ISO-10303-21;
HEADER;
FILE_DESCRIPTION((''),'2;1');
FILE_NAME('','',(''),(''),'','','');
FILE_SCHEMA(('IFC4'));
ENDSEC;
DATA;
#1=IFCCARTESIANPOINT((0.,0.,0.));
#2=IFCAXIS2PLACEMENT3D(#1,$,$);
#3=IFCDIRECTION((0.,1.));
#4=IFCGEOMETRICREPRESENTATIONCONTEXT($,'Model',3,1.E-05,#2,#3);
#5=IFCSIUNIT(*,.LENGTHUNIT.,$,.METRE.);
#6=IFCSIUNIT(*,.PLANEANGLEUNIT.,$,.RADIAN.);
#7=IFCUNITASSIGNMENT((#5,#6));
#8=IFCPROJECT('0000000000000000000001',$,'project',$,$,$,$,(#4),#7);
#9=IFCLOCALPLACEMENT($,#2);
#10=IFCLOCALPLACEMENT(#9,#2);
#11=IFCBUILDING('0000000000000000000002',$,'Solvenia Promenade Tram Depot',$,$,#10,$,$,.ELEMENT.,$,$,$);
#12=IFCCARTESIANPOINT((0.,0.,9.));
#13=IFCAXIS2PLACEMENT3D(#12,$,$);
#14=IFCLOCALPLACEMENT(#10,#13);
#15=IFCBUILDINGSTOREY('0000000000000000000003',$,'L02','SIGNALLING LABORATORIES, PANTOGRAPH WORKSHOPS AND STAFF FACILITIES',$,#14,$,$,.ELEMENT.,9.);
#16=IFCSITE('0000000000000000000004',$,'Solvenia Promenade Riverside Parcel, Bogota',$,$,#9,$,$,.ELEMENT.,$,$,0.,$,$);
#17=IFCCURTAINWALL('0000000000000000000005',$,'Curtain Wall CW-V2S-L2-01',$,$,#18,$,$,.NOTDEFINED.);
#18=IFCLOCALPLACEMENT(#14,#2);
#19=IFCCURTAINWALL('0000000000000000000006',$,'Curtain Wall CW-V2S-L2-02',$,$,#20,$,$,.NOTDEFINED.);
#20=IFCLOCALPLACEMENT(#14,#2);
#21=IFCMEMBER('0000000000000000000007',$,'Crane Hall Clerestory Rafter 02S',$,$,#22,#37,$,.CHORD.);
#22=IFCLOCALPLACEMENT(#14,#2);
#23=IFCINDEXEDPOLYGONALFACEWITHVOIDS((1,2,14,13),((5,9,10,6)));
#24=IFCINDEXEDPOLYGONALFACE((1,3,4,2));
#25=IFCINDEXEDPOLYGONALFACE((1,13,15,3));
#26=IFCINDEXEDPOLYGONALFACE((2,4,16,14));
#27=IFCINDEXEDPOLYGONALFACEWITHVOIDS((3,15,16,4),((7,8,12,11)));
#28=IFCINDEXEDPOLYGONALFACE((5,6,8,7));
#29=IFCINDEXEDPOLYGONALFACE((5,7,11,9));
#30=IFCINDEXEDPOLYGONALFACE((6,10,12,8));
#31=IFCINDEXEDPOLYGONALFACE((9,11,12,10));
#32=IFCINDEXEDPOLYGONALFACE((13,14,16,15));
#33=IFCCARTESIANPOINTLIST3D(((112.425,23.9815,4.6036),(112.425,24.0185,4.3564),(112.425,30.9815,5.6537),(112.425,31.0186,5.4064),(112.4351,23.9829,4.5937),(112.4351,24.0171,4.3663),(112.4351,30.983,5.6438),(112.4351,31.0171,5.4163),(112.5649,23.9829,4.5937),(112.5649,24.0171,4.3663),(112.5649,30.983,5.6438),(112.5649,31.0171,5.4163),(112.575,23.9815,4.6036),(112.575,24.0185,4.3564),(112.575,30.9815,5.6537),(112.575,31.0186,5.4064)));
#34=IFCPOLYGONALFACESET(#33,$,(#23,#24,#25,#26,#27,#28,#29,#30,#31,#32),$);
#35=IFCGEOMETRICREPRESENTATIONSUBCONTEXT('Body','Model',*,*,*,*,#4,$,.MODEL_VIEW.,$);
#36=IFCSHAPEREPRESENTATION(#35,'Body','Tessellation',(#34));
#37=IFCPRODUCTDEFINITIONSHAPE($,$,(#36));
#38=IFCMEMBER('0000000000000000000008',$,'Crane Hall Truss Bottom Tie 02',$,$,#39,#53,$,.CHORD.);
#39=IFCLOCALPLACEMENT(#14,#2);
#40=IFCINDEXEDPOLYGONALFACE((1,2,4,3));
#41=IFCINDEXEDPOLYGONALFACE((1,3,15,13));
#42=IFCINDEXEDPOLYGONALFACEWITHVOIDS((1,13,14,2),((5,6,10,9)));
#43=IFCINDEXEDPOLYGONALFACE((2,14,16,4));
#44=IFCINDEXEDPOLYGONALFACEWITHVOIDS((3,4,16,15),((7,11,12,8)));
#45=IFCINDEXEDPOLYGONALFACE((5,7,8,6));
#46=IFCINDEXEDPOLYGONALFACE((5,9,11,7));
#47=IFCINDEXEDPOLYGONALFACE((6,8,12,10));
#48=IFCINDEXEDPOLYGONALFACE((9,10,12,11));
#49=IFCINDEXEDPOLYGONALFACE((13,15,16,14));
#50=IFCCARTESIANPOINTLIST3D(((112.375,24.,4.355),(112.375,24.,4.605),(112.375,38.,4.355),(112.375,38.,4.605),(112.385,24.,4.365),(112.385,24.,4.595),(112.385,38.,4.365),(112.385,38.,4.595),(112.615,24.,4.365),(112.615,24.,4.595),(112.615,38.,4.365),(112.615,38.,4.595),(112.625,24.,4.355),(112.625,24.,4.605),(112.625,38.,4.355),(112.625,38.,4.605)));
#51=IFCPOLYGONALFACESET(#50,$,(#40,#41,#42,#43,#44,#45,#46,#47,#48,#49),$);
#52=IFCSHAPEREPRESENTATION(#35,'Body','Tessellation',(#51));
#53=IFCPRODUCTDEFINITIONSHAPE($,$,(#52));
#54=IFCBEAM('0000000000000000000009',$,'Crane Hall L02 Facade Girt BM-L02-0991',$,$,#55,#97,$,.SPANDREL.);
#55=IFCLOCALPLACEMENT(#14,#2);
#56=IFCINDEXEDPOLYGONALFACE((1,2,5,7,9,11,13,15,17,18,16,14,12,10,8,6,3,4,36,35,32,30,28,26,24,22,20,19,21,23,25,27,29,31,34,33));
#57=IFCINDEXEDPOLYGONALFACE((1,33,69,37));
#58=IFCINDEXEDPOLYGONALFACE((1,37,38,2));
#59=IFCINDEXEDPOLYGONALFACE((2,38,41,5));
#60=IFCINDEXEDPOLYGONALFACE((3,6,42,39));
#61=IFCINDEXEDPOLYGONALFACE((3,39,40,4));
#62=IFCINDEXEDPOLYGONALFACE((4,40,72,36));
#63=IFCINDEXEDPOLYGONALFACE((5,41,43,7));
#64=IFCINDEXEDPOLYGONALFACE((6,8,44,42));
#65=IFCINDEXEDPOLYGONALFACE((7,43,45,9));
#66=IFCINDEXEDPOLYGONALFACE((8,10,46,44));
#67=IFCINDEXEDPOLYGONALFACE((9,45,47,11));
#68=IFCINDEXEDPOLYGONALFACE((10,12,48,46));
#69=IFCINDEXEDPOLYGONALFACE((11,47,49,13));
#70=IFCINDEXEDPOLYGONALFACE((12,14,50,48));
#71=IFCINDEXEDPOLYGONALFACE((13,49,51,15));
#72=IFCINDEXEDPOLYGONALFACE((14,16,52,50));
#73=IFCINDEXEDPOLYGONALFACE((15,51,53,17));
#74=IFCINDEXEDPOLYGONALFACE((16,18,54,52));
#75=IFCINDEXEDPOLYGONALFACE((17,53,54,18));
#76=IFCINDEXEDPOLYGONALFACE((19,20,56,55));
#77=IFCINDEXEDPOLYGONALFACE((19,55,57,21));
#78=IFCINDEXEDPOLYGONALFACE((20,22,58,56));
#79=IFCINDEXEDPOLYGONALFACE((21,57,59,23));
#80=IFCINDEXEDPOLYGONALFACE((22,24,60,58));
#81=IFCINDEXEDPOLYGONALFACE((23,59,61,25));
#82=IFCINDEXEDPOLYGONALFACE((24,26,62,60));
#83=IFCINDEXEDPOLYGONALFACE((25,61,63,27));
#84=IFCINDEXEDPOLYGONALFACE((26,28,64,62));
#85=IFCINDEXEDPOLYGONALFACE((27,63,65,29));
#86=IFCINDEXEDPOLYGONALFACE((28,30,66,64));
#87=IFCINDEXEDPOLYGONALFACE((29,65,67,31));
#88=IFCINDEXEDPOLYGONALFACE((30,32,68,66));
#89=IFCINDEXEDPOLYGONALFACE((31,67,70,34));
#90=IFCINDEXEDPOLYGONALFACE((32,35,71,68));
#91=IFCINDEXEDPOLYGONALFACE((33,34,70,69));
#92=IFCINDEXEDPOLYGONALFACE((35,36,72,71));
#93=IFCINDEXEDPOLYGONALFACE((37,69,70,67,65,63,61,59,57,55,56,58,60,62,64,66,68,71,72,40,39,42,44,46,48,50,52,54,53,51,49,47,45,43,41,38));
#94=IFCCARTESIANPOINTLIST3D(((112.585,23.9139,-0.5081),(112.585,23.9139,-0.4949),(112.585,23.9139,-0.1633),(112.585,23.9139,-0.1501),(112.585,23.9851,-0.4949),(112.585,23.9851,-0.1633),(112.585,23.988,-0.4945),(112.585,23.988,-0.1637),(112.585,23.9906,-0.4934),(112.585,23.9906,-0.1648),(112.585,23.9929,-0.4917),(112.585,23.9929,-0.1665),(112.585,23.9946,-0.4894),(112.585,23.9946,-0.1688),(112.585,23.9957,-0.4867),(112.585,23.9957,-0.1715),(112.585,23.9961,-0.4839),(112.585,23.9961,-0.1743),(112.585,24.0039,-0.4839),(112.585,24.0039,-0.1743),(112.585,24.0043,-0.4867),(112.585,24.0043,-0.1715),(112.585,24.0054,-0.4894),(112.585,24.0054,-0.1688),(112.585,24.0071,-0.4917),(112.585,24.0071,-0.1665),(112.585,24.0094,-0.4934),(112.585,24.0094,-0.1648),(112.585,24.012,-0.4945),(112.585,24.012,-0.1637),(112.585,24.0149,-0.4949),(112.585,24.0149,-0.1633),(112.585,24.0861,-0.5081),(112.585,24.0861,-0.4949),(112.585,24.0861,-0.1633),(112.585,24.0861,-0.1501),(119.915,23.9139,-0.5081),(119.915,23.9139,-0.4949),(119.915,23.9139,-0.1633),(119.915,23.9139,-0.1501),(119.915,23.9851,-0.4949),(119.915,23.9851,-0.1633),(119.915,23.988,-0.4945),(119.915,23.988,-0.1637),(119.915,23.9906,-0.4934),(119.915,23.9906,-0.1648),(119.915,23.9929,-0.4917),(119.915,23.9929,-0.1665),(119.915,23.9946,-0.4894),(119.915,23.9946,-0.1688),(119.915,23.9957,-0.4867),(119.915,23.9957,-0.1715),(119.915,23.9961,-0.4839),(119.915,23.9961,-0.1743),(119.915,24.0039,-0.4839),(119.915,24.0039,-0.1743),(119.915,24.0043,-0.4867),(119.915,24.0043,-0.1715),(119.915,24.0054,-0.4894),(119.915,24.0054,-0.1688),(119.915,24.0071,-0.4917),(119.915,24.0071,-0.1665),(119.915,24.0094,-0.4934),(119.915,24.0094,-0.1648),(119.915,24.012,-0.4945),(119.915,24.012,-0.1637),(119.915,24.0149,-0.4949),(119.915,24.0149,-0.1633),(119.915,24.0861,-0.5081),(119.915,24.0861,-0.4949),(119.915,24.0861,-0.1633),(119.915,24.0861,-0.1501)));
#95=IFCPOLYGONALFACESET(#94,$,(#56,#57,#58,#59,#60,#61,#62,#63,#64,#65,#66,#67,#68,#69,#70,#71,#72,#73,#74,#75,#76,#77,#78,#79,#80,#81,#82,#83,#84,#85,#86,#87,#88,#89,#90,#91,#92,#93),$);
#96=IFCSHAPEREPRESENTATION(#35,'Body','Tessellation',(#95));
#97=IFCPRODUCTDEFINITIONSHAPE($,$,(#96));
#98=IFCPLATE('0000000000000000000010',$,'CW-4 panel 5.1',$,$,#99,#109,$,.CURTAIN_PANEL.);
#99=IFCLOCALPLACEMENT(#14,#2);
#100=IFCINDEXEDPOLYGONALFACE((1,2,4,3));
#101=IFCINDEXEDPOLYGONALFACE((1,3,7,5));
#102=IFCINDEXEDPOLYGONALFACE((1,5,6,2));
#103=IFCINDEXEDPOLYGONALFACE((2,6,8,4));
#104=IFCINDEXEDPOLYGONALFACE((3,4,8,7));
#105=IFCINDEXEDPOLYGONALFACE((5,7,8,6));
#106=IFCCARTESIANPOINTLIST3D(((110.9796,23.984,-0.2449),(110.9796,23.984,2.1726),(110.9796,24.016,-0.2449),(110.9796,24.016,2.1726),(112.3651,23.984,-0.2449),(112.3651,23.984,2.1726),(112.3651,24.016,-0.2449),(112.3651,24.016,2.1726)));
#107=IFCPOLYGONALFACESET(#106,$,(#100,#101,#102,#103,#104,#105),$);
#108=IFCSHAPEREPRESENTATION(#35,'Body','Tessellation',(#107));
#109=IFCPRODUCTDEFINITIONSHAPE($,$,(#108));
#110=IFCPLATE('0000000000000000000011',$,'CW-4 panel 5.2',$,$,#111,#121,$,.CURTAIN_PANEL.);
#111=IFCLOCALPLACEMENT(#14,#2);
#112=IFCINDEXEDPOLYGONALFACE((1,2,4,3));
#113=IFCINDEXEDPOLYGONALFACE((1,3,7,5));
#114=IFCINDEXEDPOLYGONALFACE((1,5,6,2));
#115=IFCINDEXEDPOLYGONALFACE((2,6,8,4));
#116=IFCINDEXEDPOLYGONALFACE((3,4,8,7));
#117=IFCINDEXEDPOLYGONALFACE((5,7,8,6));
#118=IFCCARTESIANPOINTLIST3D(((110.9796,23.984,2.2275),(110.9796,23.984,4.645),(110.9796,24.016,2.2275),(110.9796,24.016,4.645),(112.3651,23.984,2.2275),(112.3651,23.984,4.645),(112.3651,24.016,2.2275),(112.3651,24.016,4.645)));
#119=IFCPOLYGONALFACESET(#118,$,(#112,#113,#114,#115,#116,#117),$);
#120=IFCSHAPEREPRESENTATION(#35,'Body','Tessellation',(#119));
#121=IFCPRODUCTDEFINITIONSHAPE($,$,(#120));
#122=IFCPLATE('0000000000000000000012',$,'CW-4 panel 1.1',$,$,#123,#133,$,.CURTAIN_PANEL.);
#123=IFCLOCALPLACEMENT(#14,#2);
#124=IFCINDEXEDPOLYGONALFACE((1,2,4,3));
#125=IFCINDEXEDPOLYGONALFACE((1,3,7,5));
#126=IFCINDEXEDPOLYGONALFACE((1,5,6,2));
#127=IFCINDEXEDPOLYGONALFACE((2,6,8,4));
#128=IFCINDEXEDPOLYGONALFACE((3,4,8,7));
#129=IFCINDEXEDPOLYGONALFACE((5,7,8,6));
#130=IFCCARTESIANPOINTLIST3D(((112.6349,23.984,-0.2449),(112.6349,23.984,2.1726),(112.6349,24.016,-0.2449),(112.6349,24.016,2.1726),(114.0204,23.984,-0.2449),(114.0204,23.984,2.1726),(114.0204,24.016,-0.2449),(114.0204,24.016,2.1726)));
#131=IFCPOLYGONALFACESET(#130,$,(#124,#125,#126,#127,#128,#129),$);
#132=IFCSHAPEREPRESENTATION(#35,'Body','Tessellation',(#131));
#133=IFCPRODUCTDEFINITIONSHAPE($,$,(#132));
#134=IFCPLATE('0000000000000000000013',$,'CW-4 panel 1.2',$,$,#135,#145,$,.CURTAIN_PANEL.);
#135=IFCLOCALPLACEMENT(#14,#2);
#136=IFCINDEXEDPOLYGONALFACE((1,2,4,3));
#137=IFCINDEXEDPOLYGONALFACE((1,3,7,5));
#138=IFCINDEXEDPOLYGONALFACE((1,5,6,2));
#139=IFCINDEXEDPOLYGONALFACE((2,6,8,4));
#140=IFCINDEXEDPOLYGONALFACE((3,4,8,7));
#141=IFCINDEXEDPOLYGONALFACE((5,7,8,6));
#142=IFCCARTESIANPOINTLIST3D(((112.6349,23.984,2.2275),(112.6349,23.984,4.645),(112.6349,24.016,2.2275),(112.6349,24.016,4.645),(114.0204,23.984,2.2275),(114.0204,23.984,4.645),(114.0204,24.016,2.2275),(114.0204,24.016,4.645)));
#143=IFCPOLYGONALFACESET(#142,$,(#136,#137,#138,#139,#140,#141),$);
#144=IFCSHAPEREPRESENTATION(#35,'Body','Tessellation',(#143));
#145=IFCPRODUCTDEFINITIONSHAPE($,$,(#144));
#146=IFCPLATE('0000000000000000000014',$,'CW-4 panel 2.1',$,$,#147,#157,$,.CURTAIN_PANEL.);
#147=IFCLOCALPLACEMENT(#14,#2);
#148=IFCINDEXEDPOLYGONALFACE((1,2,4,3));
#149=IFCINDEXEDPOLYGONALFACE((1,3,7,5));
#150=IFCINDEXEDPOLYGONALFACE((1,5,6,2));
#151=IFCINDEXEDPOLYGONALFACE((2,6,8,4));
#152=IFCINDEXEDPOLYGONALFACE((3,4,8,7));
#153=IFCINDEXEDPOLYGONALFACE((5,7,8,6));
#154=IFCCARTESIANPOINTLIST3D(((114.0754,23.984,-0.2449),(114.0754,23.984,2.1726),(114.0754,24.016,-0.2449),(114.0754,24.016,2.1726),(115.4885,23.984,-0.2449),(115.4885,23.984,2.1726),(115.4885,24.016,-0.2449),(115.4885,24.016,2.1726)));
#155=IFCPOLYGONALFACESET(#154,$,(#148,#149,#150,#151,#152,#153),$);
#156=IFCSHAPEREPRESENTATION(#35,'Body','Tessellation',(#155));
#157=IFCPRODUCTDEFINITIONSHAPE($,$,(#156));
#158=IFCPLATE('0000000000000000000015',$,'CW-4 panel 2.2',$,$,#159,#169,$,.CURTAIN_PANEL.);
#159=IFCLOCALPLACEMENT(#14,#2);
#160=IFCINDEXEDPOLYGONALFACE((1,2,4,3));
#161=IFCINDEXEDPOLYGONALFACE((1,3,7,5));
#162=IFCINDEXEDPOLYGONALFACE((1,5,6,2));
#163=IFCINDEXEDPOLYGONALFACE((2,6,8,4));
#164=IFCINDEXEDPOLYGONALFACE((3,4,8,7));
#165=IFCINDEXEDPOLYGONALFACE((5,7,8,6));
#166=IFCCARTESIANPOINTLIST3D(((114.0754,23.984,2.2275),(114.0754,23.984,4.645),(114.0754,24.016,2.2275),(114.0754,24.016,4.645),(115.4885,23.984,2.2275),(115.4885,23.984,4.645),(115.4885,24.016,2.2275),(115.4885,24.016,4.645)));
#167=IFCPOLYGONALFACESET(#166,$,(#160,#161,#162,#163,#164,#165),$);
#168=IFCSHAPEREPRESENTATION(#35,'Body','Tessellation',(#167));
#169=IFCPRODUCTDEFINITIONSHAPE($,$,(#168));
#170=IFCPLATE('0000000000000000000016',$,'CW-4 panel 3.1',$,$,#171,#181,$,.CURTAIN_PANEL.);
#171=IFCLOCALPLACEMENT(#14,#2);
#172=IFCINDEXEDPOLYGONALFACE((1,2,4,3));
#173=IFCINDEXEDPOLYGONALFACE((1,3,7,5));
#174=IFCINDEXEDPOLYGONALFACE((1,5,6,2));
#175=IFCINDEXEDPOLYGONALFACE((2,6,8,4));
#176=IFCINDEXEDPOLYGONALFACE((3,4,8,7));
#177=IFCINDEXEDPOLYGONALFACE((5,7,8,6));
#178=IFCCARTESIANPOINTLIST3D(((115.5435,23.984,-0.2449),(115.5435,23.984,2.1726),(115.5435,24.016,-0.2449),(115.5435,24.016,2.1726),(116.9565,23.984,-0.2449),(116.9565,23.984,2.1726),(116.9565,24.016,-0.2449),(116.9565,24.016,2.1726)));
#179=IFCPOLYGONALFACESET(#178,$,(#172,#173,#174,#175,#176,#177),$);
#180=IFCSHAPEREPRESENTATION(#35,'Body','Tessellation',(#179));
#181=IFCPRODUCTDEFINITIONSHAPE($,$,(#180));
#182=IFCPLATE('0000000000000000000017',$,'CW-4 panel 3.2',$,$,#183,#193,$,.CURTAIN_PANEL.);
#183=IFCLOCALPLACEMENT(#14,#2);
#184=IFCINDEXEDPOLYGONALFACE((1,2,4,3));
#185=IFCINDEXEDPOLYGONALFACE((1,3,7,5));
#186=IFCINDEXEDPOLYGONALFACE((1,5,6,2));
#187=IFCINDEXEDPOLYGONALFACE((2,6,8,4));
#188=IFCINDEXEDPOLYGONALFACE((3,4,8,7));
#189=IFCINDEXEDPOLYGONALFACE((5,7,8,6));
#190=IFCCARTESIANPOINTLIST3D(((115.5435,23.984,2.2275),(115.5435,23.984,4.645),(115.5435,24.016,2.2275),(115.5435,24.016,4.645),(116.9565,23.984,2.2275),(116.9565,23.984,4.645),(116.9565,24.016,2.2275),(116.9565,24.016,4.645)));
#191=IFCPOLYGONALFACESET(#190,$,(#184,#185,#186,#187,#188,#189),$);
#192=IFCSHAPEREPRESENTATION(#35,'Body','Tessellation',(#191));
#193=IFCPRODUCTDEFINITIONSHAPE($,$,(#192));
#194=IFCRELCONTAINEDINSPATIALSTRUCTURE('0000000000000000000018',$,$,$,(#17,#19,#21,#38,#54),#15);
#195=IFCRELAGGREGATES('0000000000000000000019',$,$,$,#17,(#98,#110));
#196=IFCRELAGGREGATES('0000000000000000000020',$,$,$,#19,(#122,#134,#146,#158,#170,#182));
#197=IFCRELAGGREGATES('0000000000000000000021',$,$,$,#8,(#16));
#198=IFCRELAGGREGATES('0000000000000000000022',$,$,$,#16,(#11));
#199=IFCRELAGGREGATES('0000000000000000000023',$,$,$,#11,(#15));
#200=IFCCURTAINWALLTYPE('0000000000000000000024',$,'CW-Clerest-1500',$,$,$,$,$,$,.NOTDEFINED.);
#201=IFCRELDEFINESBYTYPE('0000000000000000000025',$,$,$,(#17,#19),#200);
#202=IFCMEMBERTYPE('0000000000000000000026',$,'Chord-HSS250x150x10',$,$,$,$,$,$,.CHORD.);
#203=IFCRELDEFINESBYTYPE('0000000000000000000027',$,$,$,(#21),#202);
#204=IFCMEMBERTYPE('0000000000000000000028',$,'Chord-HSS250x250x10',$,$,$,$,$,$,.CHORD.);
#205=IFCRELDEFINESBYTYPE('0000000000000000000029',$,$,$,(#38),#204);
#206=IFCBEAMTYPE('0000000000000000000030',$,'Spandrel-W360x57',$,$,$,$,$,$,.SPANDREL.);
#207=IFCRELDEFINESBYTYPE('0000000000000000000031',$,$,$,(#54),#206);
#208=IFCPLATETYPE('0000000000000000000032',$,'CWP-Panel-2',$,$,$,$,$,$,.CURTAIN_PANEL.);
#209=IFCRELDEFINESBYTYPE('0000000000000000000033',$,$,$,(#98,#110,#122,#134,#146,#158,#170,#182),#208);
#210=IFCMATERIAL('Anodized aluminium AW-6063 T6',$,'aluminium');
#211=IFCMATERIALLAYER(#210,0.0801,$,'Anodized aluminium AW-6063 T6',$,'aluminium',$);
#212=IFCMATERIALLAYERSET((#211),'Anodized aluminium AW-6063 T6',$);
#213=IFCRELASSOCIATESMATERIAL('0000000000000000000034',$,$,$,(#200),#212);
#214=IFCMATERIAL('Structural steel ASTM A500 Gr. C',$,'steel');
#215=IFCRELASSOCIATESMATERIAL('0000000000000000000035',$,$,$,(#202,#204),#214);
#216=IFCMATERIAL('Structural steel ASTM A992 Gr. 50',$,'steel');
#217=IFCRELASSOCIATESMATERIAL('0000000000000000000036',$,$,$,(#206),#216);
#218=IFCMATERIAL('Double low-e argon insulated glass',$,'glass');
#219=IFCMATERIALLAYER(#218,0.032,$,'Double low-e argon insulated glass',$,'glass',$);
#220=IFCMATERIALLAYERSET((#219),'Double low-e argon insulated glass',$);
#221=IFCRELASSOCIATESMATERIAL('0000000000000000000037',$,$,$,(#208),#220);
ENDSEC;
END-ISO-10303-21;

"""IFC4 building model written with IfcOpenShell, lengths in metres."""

from ifc_helpers import new_model, si_unit, direction, frame, origin, origin_2d, place, context, subcontext, project, spatial, rectangle, hollow_rectangle, i_section, extrude, material, layer, layer_set, material_profile, profile_set, type_object, element, aggregate, save


model = new_model("IFC4")

# Units and contexts
model_context = context("Model", 3, precision=1e-05, world=origin(), true_north=direction((0.0, 1.0)))
body_context = subcontext(model_context, "Body", "Model", "MODEL_VIEW")
ifc_project = project(units=[si_unit("LENGTHUNIT", "METRE"), si_unit("PLANEANGLEUNIT", "RADIAN")], contexts=[model_context])

# Site, building, storey
site_placement = place(None, origin())
site = spatial("IfcSite", under=ifc_project, at=site_placement, Name="Solvenia Promenade Riverside Parcel, Bogota", CompositionType="ELEMENT", RefElevation=0.0)
building_placement = place(site_placement, origin())
building = spatial("IfcBuilding", under=site, at=building_placement, Name="Solvenia Promenade Tram Depot", CompositionType="ELEMENT")
storey_placement = place(building_placement, frame((0.0, 0.0, 9.0)))
storey = spatial("IfcBuildingStorey", under=building, at=storey_placement, Name="L02", Description="SIGNALLING LABORATORIES, PANTOGRAPH WORKSHOPS AND STAFF FACILITIES", CompositionType="ELEMENT", Elevation=9.0)

# Shared definitions
ifc_material_1 = material(Name="Structural steel ASTM A992 Gr. 50", Category="steel")

# Curtain wall
ifc_material_2 = material(Name="Anodized aluminium AW-6063 T6", Category="aluminium")
ifc_layer_1 = layer(ifc_material_2, 0.0801, Name="Anodized aluminium AW-6063 T6", Category="aluminium")
ifc_layer_set_1 = layer_set([ifc_layer_1], Name="Anodized aluminium AW-6063 T6")
curtain_wall_type = type_object("IfcCurtainWallType", Name="CW-Clerest-1500", PredefinedType="NOTDEFINED", material=ifc_layer_set_1)
curtain_wall_1_placement = place(storey_placement, origin())
curtain_wall_1 = element("IfcCurtainWall", 1, at=curtain_wall_1_placement, inside=storey, type_object=curtain_wall_type, Name="Curtain Wall CW-V2S-L2-01", PredefinedType="NOTDEFINED")

# Curtain wall
curtain_wall_2_placement = place(storey_placement, origin())
curtain_wall_2 = element("IfcCurtainWall", 2, at=curtain_wall_2_placement, inside=storey, type_object=curtain_wall_type, Name="Curtain Wall CW-V2S-L2-02", PredefinedType="NOTDEFINED")

# Members
ifc_material_3 = material(Name="Structural steel ASTM A500 Gr. C", Category="steel")
ifc_material_profile_1 = material_profile(ifc_material_3, hollow_rectangle(XDim=0.1499, YDim=0.25, WallThickness=0.01, at=origin_2d()), Name="HSS250x150x10", Category="steel")
ifc_profile_set_1 = profile_set([ifc_material_profile_1], Name="Structural steel ASTM A500 Gr. C")
member_type_1 = type_object("IfcMemberType", Name="Chord-HSS250x150x10", PredefinedType="CHORD", material=ifc_profile_set_1)
member_1_placement = place(storey_placement, frame((112.5, 24.0, 4.48), z_axis=(0.0, 0.988935, 0.148347), x_axis=(-1.0, 0.0, 0.0)))
element("IfcMember", 3, at=member_1_placement, inside=storey, type_object=member_type_1, Name="Crane Hall Clerestory Rafter 02S", PredefinedType="CHORD", context=body_context, shape_type="SweptSolid", body=[
    extrude(hollow_rectangle(XDim=0.1499, YDim=0.25, WallThickness=0.01, at=origin_2d()), origin(), (0.0, 0.0, 1.0), 7.0784),
])
ifc_material_profile_2 = material_profile(ifc_material_3, hollow_rectangle(XDim=0.25, YDim=0.25, WallThickness=0.01, at=origin_2d()), Name="HSS250x250x10", Category="steel")
ifc_profile_set_2 = profile_set([ifc_material_profile_2], Name="Structural steel ASTM A500 Gr. C")
member_type_2 = type_object("IfcMemberType", Name="Chord-HSS250x250x10", PredefinedType="CHORD", material=ifc_profile_set_2)
member_2_placement = place(storey_placement, frame((112.5, 24.0, 4.48), z_axis=(0.0, 1.0, 0.0), x_axis=(-1.0, 0.0, 0.0)))
element("IfcMember", 4, at=member_2_placement, inside=storey, type_object=member_type_2, Name="Crane Hall Truss Bottom Tie 02", PredefinedType="CHORD", context=body_context, shape_type="SweptSolid", body=[
    extrude(hollow_rectangle(XDim=0.25, YDim=0.25, WallThickness=0.01, at=origin_2d()), origin(), (0.0, 0.0, 1.0), 14.0),
])

# Beam
ifc_material_profile_3 = material_profile(ifc_material_1, i_section(OverallWidth=0.1721, OverallDepth=0.3579, WebThickness=0.0078, FlangeThickness=0.0132, FilletRadius=0.011, at=origin_2d()), Name="W360x57", Category="steel")
ifc_profile_set_3 = profile_set([ifc_material_profile_3], Name="Structural steel ASTM A992 Gr. 50")
beam_type = type_object("IfcBeamType", Name="Spandrel-W360x57", PredefinedType="SPANDREL", material=ifc_profile_set_3)
beam_placement = place(storey_placement, frame((112.585, 24.0, -0.3291), z_axis=(1.0, 0.0, 0.0), x_axis=(0.0, 1.0, 0.0)))
element("IfcBeam", 5, at=beam_placement, inside=storey, type_object=beam_type, Name="Crane Hall L02 Facade Girt BM-L02-0991", PredefinedType="SPANDREL", context=body_context, shape_type="SweptSolid", body=[
    extrude(i_section(OverallWidth=0.1721, OverallDepth=0.3579, WebThickness=0.0078, FlangeThickness=0.0132, FilletRadius=0.011, at=origin_2d()), origin(), (0.0, 0.0, 1.0), 7.3301),
])

# Plates
ifc_material_4 = material(Name="Double low-e argon insulated glass", Category="glass")
ifc_layer_2 = layer(ifc_material_4, 0.032, Name="Double low-e argon insulated glass", Category="glass")
ifc_layer_set_2 = layer_set([ifc_layer_2], Name="Double low-e argon insulated glass")
plate_type = type_object("IfcPlateType", Name="CWP-Panel-2", PredefinedType="CURTAIN_PANEL", material=ifc_layer_set_2)
plate_1_placement = place(storey_placement, frame((111.6724, 24.0, -0.2449), z_axis=(0.0, 0.0, 1.0), x_axis=(1.0, 0.0, 0.0)))
plate_1 = element("IfcPlate", 6, at=plate_1_placement, type_object=plate_type, Name="CW-4 panel 5.1", PredefinedType="CURTAIN_PANEL", context=body_context, shape_type="SweptSolid", body=[
    extrude(rectangle(XDim=1.3855, YDim=0.032, at=origin_2d()), origin(), (0.0, 0.0, 1.0), 2.4175),
])
plate_2_placement = place(storey_placement, frame((111.6724, 24.0, 2.2275), z_axis=(0.0, 0.0, 1.0), x_axis=(1.0, 0.0, 0.0)))
plate_2 = element("IfcPlate", 7, at=plate_2_placement, type_object=plate_type, Name="CW-4 panel 5.2", PredefinedType="CURTAIN_PANEL", context=body_context, shape_type="SweptSolid", body=[
    extrude(rectangle(XDim=1.3855, YDim=0.032, at=origin_2d()), origin(), (0.0, 0.0, 1.0), 2.4175),
])
aggregate(curtain_wall_1, [plate_1, plate_2])
plate_3_placement = place(storey_placement, frame((113.3276, 24.0, -0.2449), z_axis=(0.0, 0.0, 1.0), x_axis=(1.0, 0.0, 0.0)))
plate_3 = element("IfcPlate", 8, at=plate_3_placement, type_object=plate_type, Name="CW-4 panel 1.1", PredefinedType="CURTAIN_PANEL", context=body_context, shape_type="SweptSolid", body=[
    extrude(rectangle(XDim=1.3855, YDim=0.032, at=origin_2d()), origin(), (0.0, 0.0, 1.0), 2.4175),
])
plate_4_placement = place(storey_placement, frame((113.3276, 24.0, 2.2275), z_axis=(0.0, 0.0, 1.0), x_axis=(1.0, 0.0, 0.0)))
plate_4 = element("IfcPlate", 9, at=plate_4_placement, type_object=plate_type, Name="CW-4 panel 1.2", PredefinedType="CURTAIN_PANEL", context=body_context, shape_type="SweptSolid", body=[
    extrude(rectangle(XDim=1.3855, YDim=0.032, at=origin_2d()), origin(), (0.0, 0.0, 1.0), 2.4175),
])
plate_5_placement = place(storey_placement, frame((114.782, 24.0, -0.2449), z_axis=(0.0, 0.0, 1.0), x_axis=(1.0, 0.0, 0.0)))
plate_5 = element("IfcPlate", 10, at=plate_5_placement, type_object=plate_type, Name="CW-4 panel 2.1", PredefinedType="CURTAIN_PANEL", context=body_context, shape_type="SweptSolid", body=[
    extrude(rectangle(XDim=1.4131, YDim=0.032, at=origin_2d()), origin(), (0.0, 0.0, 1.0), 2.4175),
])
plate_6_placement = place(storey_placement, frame((114.782, 24.0, 2.2275), z_axis=(0.0, 0.0, 1.0), x_axis=(1.0, 0.0, 0.0)))
plate_6 = element("IfcPlate", 11, at=plate_6_placement, type_object=plate_type, Name="CW-4 panel 2.2", PredefinedType="CURTAIN_PANEL", context=body_context, shape_type="SweptSolid", body=[
    extrude(rectangle(XDim=1.4131, YDim=0.032, at=origin_2d()), origin(), (0.0, 0.0, 1.0), 2.4175),
])
plate_7_placement = place(storey_placement, frame((116.25, 24.0, -0.2449), z_axis=(0.0, 0.0, 1.0), x_axis=(1.0, 0.0, 0.0)))
plate_7 = element("IfcPlate", 12, at=plate_7_placement, type_object=plate_type, Name="CW-4 panel 3.1", PredefinedType="CURTAIN_PANEL", context=body_context, shape_type="SweptSolid", body=[
    extrude(rectangle(XDim=1.4131, YDim=0.032, at=origin_2d()), origin(), (0.0, 0.0, 1.0), 2.4175),
])
plate_8_placement = place(storey_placement, frame((116.25, 24.0, 2.2275), z_axis=(0.0, 0.0, 1.0), x_axis=(1.0, 0.0, 0.0)))
plate_8 = element("IfcPlate", 13, at=plate_8_placement, type_object=plate_type, Name="CW-4 panel 3.2", PredefinedType="CURTAIN_PANEL", context=body_context, shape_type="SweptSolid", body=[
    extrude(rectangle(XDim=1.4131, YDim=0.032, at=origin_2d()), origin(), (0.0, 0.0, 1.0), 2.4175),
])
aggregate(curtain_wall_2, [plate_3, plate_4, plate_5, plate_6, plate_7, plate_8])

save(model, "model.ifc")
